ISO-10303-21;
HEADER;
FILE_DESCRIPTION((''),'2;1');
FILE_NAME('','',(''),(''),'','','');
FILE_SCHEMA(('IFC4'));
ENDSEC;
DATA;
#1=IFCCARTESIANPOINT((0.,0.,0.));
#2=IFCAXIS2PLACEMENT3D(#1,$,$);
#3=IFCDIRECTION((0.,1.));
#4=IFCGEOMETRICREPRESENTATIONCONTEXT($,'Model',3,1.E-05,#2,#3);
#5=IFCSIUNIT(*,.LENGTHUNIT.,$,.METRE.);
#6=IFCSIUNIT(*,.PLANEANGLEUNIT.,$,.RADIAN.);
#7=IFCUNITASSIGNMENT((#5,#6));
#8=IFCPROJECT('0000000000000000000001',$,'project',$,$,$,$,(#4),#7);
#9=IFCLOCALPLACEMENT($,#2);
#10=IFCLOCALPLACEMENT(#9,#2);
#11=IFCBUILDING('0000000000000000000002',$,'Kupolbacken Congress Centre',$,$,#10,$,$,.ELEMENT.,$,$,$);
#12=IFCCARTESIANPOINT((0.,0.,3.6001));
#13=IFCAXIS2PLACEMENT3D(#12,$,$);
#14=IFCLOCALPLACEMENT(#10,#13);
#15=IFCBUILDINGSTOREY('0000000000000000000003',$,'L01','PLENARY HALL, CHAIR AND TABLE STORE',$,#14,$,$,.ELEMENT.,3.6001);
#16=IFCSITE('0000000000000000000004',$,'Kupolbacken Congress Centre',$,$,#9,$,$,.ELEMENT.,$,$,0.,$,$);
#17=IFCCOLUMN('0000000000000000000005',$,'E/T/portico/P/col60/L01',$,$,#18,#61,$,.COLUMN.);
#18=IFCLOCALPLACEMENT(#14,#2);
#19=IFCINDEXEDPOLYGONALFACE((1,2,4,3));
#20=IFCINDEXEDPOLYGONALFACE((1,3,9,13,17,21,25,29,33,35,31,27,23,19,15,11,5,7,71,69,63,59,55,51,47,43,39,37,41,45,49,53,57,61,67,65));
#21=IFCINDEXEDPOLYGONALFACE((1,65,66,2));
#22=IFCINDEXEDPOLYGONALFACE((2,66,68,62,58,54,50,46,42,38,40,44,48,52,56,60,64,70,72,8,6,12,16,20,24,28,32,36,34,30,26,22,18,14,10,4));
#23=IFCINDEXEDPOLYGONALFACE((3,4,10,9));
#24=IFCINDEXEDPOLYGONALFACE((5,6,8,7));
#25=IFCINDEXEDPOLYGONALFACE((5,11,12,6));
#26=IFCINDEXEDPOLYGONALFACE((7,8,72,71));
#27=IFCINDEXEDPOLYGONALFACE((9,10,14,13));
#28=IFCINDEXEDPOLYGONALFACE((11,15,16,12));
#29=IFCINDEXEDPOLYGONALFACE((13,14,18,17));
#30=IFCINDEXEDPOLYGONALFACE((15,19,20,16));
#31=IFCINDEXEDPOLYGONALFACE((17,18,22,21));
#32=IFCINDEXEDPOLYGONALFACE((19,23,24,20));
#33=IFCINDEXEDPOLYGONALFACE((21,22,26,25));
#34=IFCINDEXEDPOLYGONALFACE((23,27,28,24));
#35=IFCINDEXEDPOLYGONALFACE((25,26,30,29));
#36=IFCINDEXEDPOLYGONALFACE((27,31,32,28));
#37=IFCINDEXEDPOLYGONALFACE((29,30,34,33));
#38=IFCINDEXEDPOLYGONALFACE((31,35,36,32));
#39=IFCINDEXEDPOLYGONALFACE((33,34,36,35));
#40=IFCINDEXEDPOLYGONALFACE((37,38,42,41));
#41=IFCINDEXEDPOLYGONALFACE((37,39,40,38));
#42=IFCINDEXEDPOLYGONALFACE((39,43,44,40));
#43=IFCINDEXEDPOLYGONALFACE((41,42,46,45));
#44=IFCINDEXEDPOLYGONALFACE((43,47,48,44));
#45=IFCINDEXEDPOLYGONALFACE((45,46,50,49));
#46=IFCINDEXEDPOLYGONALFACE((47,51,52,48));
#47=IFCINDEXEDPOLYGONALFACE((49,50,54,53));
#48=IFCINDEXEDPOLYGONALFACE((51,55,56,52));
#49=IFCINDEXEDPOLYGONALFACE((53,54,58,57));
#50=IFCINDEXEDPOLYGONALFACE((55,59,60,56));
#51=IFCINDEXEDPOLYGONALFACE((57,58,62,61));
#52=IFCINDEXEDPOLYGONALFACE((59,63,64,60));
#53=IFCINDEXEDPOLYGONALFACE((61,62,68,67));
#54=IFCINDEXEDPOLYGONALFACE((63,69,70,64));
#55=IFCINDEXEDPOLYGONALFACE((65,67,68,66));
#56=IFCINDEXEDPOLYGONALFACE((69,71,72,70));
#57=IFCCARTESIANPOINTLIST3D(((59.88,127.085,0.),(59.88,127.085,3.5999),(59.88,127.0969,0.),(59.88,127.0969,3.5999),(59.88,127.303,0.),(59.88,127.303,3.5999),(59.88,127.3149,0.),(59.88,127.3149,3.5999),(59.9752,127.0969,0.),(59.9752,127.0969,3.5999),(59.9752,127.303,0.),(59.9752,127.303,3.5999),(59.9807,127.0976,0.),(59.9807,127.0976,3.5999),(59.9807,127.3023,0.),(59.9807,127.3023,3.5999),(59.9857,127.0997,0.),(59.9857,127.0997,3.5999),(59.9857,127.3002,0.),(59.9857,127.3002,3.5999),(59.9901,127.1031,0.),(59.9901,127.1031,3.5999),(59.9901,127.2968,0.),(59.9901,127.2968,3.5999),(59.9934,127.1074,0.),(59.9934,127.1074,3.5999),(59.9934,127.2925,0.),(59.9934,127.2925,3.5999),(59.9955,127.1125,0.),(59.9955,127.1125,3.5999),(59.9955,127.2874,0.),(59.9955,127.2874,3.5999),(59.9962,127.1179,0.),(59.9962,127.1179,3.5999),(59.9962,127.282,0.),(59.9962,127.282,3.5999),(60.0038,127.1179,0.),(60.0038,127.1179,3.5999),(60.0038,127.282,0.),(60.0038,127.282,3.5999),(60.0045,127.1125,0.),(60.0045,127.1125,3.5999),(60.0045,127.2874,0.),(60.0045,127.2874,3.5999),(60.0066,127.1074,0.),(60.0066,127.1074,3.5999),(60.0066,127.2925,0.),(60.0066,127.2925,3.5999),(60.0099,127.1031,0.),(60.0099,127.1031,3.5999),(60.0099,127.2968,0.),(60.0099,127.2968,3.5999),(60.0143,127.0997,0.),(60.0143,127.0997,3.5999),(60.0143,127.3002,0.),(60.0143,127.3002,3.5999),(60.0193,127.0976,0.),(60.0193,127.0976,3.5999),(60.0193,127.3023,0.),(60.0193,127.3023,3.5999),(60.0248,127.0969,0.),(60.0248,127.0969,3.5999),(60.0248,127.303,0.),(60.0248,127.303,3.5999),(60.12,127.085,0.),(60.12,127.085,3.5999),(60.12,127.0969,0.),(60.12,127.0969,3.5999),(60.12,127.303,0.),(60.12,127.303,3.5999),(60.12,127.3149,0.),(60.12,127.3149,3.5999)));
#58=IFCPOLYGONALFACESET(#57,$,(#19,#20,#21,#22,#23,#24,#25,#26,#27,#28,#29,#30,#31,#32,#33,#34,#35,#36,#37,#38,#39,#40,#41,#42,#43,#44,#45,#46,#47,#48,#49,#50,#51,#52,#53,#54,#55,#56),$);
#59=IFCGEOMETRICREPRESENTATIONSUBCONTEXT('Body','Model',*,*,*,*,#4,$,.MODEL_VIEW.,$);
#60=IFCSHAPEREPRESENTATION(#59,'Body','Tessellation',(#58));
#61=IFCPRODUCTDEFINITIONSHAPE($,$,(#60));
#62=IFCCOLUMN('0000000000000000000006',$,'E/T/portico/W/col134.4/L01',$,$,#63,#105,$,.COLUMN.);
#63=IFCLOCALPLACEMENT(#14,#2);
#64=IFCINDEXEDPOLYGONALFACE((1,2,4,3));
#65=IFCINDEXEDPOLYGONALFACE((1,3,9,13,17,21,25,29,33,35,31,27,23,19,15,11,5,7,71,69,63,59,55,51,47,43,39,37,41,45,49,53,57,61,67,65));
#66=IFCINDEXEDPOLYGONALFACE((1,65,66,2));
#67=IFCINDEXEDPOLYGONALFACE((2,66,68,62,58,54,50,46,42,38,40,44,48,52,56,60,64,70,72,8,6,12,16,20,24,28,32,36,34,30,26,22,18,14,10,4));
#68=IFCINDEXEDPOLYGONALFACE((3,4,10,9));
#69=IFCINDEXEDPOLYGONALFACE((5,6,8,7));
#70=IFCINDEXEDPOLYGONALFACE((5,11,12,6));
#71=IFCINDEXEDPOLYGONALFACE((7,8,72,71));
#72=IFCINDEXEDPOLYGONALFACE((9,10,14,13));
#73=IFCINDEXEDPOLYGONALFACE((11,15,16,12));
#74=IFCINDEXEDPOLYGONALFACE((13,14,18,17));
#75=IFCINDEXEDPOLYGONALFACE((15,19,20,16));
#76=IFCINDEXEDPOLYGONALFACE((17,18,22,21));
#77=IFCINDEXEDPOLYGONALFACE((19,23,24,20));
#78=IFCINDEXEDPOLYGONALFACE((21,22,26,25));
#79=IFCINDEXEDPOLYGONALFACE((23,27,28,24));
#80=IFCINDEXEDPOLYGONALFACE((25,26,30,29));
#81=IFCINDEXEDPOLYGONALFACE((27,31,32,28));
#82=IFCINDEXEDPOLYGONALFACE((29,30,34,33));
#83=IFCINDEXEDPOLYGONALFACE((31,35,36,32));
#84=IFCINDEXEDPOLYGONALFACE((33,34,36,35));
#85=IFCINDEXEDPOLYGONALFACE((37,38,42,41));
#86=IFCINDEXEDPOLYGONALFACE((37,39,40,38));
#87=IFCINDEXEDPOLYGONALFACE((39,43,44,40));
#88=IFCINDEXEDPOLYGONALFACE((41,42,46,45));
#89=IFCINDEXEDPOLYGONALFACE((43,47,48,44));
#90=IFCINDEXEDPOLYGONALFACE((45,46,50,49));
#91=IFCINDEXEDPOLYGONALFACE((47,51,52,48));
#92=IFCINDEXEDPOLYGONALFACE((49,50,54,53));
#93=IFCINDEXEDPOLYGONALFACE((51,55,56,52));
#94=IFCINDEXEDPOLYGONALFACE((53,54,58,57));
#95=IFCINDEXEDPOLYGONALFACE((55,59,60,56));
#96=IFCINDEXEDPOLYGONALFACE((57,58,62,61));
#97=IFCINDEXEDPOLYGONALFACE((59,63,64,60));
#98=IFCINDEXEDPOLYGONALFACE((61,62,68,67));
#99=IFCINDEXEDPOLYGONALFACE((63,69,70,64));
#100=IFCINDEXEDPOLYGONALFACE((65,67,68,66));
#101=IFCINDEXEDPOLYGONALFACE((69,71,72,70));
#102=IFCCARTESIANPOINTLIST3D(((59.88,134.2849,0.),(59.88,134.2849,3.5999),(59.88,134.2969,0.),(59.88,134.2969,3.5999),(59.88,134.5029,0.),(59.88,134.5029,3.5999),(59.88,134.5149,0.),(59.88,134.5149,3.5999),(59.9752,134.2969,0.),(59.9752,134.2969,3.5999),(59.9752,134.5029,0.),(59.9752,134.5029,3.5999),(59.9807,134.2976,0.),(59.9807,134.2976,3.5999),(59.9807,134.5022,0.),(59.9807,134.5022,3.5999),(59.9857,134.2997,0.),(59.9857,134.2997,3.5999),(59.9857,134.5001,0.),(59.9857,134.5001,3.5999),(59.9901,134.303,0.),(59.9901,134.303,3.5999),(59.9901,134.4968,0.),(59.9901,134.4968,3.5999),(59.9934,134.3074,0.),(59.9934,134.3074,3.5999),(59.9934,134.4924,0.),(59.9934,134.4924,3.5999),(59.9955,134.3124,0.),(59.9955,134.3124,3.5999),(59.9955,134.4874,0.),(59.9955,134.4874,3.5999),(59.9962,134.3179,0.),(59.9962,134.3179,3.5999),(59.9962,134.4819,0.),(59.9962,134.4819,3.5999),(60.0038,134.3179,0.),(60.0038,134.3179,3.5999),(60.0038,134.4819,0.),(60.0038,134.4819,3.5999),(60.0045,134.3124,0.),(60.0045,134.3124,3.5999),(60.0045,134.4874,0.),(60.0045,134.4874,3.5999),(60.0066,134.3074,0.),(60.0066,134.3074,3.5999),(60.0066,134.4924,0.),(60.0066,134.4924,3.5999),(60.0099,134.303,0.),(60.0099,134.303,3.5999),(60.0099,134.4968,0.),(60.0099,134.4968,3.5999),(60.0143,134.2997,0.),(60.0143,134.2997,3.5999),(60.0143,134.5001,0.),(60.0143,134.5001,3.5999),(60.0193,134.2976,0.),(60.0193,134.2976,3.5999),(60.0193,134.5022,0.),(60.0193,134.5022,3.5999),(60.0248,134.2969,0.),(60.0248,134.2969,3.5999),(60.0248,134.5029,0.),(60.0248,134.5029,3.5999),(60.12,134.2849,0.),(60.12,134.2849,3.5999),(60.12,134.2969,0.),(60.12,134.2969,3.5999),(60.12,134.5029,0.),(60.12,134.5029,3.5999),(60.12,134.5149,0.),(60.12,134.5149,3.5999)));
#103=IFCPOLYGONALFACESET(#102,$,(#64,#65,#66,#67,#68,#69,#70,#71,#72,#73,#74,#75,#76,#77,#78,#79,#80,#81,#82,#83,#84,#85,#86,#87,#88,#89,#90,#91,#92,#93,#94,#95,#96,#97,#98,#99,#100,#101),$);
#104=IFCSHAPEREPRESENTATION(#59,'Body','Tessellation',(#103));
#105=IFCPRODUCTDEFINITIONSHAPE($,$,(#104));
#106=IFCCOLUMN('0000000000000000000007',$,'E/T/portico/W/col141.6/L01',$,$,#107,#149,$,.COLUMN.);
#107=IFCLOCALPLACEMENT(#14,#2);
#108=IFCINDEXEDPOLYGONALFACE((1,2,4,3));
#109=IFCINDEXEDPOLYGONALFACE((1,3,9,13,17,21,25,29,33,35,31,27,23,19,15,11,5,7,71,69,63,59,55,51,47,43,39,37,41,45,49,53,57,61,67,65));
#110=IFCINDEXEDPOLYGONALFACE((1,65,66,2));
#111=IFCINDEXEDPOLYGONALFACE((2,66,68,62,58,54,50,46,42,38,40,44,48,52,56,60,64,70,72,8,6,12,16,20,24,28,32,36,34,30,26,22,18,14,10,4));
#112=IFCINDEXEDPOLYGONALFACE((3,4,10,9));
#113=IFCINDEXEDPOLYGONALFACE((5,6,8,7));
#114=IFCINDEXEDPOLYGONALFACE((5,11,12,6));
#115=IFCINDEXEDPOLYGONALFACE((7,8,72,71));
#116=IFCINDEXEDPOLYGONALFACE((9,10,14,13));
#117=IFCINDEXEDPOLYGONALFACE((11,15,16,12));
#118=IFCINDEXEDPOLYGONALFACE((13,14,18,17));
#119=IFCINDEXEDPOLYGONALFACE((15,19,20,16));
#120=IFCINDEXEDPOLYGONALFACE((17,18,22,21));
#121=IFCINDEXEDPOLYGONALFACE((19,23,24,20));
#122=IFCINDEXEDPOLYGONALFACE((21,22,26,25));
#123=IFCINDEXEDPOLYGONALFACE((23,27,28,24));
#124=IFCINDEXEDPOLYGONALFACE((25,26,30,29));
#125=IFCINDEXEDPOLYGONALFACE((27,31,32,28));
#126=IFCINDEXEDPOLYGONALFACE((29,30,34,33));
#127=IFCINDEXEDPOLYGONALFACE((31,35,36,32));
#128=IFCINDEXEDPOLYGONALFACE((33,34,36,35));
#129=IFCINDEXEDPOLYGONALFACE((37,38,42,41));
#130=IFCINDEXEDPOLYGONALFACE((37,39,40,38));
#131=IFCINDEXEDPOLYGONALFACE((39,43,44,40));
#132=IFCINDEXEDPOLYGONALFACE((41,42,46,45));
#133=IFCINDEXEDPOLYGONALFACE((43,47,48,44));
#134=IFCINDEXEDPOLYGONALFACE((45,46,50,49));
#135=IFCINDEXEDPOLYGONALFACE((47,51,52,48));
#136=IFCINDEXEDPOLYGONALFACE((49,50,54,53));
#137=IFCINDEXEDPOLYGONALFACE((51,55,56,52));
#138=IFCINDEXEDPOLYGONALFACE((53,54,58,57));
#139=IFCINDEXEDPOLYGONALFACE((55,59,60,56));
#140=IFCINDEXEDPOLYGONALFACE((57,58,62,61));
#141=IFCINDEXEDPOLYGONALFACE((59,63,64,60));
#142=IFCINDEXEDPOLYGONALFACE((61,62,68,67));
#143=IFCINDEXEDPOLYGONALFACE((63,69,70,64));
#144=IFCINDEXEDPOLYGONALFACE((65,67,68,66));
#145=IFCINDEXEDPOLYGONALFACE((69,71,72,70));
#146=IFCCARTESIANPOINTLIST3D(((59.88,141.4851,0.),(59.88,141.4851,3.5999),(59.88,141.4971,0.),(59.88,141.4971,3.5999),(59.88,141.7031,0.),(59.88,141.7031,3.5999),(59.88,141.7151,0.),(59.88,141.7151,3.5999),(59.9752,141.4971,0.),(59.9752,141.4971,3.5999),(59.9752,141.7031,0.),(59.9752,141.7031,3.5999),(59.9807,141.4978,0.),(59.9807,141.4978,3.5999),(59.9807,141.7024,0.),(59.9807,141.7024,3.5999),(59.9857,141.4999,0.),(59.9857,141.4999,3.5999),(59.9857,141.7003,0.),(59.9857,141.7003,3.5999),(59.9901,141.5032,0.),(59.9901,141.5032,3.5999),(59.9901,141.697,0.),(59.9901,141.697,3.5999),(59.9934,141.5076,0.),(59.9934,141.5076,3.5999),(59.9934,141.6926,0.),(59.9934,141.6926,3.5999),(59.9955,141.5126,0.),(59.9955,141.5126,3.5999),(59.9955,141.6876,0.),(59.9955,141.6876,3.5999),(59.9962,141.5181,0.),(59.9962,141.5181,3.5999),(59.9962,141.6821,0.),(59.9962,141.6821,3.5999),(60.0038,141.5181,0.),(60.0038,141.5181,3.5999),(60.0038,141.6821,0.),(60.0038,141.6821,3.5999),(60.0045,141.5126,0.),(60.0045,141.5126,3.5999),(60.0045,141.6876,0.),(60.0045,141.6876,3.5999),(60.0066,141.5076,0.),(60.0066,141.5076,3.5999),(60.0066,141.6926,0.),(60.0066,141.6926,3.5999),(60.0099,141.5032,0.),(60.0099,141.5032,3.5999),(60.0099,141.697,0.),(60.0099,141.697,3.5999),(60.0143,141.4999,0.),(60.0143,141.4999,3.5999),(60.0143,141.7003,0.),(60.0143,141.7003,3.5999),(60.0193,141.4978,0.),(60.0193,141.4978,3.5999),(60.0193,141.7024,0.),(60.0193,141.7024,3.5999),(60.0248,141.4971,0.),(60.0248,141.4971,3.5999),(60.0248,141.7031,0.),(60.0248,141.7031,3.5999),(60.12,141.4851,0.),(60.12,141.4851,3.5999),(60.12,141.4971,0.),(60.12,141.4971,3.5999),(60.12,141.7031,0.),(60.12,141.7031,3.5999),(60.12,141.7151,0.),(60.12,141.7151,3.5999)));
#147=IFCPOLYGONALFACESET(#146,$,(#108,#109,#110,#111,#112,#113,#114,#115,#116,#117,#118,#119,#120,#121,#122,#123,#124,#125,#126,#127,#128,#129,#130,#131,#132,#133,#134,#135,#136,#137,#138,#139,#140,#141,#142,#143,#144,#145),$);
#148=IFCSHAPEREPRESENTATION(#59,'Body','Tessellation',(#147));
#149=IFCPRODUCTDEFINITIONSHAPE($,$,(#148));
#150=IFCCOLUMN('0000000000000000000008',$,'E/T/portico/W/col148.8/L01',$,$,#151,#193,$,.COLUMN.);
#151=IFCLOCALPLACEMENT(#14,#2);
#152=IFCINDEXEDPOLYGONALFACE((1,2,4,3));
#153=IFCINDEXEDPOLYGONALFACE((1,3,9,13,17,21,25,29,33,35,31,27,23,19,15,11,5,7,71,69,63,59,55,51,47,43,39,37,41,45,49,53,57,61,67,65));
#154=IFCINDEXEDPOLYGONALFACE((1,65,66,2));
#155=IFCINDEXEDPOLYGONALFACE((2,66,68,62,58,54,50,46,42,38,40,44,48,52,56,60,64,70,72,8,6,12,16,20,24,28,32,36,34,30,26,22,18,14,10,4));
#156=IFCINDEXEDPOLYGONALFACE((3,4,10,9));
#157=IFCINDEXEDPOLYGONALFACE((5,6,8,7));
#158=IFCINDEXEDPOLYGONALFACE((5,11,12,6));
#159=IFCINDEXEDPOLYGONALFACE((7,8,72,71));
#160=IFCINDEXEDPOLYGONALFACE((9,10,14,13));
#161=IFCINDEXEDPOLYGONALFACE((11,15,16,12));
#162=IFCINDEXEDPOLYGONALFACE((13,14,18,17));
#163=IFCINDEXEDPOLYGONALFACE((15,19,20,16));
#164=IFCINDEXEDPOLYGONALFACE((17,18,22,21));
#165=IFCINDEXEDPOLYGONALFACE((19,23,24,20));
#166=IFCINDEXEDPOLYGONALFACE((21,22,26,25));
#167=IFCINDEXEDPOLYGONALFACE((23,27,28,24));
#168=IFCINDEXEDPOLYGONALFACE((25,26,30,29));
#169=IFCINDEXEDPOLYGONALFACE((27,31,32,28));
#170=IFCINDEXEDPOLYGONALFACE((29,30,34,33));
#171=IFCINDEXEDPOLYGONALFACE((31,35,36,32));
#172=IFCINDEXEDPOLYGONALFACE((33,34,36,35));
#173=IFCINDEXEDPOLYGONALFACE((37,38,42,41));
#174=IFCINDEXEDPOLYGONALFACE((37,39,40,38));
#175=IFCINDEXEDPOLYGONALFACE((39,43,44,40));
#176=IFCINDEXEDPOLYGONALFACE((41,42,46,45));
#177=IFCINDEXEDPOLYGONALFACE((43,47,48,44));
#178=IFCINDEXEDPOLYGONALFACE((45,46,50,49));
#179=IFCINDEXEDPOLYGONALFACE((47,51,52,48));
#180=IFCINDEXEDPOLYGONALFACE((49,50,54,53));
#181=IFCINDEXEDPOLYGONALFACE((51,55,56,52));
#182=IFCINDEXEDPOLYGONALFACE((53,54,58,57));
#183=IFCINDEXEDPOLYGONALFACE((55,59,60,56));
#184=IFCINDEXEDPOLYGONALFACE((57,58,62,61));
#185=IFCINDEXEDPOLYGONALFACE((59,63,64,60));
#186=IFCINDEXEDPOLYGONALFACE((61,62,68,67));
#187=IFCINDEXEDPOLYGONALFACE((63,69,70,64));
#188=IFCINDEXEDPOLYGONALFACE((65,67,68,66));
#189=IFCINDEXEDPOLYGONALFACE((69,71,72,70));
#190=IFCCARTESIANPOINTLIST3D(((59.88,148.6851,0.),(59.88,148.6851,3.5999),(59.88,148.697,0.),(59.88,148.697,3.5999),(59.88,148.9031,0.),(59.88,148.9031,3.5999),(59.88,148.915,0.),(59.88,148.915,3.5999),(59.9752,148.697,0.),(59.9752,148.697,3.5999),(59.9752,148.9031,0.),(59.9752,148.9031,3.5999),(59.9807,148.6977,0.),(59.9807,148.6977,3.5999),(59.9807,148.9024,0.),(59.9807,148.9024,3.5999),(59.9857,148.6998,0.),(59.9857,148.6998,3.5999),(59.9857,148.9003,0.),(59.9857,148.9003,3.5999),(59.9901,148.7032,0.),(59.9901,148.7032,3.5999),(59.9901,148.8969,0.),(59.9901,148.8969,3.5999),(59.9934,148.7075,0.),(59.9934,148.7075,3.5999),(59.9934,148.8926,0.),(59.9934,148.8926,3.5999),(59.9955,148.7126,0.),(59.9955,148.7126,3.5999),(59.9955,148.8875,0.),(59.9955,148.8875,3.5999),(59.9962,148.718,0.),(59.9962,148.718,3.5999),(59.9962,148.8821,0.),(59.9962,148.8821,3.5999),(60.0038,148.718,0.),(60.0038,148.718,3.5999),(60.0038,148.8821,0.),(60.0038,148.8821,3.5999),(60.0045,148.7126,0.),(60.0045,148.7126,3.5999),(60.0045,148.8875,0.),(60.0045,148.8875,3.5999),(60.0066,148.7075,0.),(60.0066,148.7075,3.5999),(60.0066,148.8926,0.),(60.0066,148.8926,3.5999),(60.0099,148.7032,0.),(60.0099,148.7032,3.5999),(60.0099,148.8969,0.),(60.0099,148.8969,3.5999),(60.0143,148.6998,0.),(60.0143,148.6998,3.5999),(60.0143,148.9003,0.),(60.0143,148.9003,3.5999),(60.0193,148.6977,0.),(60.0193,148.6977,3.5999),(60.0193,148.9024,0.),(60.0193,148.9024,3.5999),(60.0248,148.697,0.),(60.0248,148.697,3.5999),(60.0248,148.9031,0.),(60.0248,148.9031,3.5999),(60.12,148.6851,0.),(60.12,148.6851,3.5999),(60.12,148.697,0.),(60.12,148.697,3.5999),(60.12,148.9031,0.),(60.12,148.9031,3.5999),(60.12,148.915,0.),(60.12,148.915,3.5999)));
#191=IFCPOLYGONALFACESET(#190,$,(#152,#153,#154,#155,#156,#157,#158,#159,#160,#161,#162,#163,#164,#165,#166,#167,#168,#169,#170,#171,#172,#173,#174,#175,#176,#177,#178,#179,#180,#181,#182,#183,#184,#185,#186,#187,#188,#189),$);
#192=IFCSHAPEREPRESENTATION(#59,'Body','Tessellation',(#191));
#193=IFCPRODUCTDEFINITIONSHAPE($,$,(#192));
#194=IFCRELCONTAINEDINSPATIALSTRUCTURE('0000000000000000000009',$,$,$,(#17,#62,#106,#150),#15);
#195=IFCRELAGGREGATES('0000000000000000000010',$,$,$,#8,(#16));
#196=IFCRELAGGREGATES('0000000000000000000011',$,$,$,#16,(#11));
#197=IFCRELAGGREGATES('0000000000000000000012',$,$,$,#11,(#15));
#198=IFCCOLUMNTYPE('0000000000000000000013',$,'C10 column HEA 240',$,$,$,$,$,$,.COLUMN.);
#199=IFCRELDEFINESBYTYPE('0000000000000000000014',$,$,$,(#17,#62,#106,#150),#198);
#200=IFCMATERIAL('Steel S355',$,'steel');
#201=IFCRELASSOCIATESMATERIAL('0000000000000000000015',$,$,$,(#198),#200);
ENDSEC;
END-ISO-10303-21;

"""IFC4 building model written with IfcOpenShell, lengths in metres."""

from ifc_helpers import new_model, si_unit, direction, frame, origin, origin_2d, place, context, subcontext, project, spatial, i_section, extrude, material, material_profile, profile_set, type_object, element, save


model = new_model("IFC4")

# Units and contexts
model_context = context("Model", 3, precision=1e-05, world=origin(), true_north=direction((0.0, 1.0)))
body_context = subcontext(model_context, "Body", "Model", "MODEL_VIEW")
ifc_project = project(units=[si_unit("LENGTHUNIT", "METRE"), si_unit("PLANEANGLEUNIT", "RADIAN")], contexts=[model_context])

# Site, building, storey
site_placement = place(None, origin())
site = spatial("IfcSite", under=ifc_project, at=site_placement, Name="Kupolbacken Congress Centre", CompositionType="ELEMENT", RefElevation=0.0)
building_placement = place(site_placement, origin())
building = spatial("IfcBuilding", under=site, at=building_placement, Name="Kupolbacken Congress Centre", CompositionType="ELEMENT")
storey_placement = place(building_placement, frame((0.0, 0.0, 3.6001)))
storey = spatial("IfcBuildingStorey", under=building, at=storey_placement, Name="L01", Description="PLENARY HALL, CHAIR AND TABLE STORE", CompositionType="ELEMENT", Elevation=3.6001)

# Columns
ifc_material_1 = material(Name="Steel S355", Category="steel")
ifc_material_profile_1 = material_profile(ifc_material_1, i_section(OverallWidth=0.24, OverallDepth=0.23, WebThickness=0.0076, FlangeThickness=0.012, FilletRadius=0.021, at=origin_2d()), Name="HEA 240")
ifc_profile_set_1 = profile_set([ifc_material_profile_1], Name="Steel S355")
column_type_1 = type_object("IfcColumnType", Name="C10 column HEA 240", PredefinedType="COLUMN", material=ifc_profile_set_1)
for number, where, z_axis, x_axis, name in (
    (1, (60.0, 127.2, 0.0), (0.0, 0.0, 1.0), (1.0, 0.0, 0.0), "E/T/portico/P/col60/L01"),
    (2, (60.0, 134.3999, 0.0), (0.0, 0.0, 1.0), (1.0, 0.0, 0.0), "E/T/portico/W/col134.4/L01"),
    (3, (60.0, 141.6001, 0.0), (0.0, 0.0, 1.0), (1.0, 0.0, 0.0), "E/T/portico/W/col141.6/L01"),
    (4, (60.0, 148.8, 0.0), (0.0, 0.0, 1.0), (1.0, 0.0, 0.0), "E/T/portico/W/col148.8/L01"),
):
    element("IfcColumn", number, at=place(storey_placement, frame(where, z_axis=z_axis, x_axis=x_axis)), inside=storey, type_object=column_type_1, Name=name, PredefinedType="COLUMN", context=body_context, shape_type="SweptSolid", body=[
        extrude(i_section(OverallWidth=0.24, OverallDepth=0.23, WebThickness=0.0076, FlangeThickness=0.012, FilletRadius=0.021, at=origin_2d()), origin(), (0.0, 0.0, 1.0), 3.5999),
    ])

save(model, "model.ifc")
